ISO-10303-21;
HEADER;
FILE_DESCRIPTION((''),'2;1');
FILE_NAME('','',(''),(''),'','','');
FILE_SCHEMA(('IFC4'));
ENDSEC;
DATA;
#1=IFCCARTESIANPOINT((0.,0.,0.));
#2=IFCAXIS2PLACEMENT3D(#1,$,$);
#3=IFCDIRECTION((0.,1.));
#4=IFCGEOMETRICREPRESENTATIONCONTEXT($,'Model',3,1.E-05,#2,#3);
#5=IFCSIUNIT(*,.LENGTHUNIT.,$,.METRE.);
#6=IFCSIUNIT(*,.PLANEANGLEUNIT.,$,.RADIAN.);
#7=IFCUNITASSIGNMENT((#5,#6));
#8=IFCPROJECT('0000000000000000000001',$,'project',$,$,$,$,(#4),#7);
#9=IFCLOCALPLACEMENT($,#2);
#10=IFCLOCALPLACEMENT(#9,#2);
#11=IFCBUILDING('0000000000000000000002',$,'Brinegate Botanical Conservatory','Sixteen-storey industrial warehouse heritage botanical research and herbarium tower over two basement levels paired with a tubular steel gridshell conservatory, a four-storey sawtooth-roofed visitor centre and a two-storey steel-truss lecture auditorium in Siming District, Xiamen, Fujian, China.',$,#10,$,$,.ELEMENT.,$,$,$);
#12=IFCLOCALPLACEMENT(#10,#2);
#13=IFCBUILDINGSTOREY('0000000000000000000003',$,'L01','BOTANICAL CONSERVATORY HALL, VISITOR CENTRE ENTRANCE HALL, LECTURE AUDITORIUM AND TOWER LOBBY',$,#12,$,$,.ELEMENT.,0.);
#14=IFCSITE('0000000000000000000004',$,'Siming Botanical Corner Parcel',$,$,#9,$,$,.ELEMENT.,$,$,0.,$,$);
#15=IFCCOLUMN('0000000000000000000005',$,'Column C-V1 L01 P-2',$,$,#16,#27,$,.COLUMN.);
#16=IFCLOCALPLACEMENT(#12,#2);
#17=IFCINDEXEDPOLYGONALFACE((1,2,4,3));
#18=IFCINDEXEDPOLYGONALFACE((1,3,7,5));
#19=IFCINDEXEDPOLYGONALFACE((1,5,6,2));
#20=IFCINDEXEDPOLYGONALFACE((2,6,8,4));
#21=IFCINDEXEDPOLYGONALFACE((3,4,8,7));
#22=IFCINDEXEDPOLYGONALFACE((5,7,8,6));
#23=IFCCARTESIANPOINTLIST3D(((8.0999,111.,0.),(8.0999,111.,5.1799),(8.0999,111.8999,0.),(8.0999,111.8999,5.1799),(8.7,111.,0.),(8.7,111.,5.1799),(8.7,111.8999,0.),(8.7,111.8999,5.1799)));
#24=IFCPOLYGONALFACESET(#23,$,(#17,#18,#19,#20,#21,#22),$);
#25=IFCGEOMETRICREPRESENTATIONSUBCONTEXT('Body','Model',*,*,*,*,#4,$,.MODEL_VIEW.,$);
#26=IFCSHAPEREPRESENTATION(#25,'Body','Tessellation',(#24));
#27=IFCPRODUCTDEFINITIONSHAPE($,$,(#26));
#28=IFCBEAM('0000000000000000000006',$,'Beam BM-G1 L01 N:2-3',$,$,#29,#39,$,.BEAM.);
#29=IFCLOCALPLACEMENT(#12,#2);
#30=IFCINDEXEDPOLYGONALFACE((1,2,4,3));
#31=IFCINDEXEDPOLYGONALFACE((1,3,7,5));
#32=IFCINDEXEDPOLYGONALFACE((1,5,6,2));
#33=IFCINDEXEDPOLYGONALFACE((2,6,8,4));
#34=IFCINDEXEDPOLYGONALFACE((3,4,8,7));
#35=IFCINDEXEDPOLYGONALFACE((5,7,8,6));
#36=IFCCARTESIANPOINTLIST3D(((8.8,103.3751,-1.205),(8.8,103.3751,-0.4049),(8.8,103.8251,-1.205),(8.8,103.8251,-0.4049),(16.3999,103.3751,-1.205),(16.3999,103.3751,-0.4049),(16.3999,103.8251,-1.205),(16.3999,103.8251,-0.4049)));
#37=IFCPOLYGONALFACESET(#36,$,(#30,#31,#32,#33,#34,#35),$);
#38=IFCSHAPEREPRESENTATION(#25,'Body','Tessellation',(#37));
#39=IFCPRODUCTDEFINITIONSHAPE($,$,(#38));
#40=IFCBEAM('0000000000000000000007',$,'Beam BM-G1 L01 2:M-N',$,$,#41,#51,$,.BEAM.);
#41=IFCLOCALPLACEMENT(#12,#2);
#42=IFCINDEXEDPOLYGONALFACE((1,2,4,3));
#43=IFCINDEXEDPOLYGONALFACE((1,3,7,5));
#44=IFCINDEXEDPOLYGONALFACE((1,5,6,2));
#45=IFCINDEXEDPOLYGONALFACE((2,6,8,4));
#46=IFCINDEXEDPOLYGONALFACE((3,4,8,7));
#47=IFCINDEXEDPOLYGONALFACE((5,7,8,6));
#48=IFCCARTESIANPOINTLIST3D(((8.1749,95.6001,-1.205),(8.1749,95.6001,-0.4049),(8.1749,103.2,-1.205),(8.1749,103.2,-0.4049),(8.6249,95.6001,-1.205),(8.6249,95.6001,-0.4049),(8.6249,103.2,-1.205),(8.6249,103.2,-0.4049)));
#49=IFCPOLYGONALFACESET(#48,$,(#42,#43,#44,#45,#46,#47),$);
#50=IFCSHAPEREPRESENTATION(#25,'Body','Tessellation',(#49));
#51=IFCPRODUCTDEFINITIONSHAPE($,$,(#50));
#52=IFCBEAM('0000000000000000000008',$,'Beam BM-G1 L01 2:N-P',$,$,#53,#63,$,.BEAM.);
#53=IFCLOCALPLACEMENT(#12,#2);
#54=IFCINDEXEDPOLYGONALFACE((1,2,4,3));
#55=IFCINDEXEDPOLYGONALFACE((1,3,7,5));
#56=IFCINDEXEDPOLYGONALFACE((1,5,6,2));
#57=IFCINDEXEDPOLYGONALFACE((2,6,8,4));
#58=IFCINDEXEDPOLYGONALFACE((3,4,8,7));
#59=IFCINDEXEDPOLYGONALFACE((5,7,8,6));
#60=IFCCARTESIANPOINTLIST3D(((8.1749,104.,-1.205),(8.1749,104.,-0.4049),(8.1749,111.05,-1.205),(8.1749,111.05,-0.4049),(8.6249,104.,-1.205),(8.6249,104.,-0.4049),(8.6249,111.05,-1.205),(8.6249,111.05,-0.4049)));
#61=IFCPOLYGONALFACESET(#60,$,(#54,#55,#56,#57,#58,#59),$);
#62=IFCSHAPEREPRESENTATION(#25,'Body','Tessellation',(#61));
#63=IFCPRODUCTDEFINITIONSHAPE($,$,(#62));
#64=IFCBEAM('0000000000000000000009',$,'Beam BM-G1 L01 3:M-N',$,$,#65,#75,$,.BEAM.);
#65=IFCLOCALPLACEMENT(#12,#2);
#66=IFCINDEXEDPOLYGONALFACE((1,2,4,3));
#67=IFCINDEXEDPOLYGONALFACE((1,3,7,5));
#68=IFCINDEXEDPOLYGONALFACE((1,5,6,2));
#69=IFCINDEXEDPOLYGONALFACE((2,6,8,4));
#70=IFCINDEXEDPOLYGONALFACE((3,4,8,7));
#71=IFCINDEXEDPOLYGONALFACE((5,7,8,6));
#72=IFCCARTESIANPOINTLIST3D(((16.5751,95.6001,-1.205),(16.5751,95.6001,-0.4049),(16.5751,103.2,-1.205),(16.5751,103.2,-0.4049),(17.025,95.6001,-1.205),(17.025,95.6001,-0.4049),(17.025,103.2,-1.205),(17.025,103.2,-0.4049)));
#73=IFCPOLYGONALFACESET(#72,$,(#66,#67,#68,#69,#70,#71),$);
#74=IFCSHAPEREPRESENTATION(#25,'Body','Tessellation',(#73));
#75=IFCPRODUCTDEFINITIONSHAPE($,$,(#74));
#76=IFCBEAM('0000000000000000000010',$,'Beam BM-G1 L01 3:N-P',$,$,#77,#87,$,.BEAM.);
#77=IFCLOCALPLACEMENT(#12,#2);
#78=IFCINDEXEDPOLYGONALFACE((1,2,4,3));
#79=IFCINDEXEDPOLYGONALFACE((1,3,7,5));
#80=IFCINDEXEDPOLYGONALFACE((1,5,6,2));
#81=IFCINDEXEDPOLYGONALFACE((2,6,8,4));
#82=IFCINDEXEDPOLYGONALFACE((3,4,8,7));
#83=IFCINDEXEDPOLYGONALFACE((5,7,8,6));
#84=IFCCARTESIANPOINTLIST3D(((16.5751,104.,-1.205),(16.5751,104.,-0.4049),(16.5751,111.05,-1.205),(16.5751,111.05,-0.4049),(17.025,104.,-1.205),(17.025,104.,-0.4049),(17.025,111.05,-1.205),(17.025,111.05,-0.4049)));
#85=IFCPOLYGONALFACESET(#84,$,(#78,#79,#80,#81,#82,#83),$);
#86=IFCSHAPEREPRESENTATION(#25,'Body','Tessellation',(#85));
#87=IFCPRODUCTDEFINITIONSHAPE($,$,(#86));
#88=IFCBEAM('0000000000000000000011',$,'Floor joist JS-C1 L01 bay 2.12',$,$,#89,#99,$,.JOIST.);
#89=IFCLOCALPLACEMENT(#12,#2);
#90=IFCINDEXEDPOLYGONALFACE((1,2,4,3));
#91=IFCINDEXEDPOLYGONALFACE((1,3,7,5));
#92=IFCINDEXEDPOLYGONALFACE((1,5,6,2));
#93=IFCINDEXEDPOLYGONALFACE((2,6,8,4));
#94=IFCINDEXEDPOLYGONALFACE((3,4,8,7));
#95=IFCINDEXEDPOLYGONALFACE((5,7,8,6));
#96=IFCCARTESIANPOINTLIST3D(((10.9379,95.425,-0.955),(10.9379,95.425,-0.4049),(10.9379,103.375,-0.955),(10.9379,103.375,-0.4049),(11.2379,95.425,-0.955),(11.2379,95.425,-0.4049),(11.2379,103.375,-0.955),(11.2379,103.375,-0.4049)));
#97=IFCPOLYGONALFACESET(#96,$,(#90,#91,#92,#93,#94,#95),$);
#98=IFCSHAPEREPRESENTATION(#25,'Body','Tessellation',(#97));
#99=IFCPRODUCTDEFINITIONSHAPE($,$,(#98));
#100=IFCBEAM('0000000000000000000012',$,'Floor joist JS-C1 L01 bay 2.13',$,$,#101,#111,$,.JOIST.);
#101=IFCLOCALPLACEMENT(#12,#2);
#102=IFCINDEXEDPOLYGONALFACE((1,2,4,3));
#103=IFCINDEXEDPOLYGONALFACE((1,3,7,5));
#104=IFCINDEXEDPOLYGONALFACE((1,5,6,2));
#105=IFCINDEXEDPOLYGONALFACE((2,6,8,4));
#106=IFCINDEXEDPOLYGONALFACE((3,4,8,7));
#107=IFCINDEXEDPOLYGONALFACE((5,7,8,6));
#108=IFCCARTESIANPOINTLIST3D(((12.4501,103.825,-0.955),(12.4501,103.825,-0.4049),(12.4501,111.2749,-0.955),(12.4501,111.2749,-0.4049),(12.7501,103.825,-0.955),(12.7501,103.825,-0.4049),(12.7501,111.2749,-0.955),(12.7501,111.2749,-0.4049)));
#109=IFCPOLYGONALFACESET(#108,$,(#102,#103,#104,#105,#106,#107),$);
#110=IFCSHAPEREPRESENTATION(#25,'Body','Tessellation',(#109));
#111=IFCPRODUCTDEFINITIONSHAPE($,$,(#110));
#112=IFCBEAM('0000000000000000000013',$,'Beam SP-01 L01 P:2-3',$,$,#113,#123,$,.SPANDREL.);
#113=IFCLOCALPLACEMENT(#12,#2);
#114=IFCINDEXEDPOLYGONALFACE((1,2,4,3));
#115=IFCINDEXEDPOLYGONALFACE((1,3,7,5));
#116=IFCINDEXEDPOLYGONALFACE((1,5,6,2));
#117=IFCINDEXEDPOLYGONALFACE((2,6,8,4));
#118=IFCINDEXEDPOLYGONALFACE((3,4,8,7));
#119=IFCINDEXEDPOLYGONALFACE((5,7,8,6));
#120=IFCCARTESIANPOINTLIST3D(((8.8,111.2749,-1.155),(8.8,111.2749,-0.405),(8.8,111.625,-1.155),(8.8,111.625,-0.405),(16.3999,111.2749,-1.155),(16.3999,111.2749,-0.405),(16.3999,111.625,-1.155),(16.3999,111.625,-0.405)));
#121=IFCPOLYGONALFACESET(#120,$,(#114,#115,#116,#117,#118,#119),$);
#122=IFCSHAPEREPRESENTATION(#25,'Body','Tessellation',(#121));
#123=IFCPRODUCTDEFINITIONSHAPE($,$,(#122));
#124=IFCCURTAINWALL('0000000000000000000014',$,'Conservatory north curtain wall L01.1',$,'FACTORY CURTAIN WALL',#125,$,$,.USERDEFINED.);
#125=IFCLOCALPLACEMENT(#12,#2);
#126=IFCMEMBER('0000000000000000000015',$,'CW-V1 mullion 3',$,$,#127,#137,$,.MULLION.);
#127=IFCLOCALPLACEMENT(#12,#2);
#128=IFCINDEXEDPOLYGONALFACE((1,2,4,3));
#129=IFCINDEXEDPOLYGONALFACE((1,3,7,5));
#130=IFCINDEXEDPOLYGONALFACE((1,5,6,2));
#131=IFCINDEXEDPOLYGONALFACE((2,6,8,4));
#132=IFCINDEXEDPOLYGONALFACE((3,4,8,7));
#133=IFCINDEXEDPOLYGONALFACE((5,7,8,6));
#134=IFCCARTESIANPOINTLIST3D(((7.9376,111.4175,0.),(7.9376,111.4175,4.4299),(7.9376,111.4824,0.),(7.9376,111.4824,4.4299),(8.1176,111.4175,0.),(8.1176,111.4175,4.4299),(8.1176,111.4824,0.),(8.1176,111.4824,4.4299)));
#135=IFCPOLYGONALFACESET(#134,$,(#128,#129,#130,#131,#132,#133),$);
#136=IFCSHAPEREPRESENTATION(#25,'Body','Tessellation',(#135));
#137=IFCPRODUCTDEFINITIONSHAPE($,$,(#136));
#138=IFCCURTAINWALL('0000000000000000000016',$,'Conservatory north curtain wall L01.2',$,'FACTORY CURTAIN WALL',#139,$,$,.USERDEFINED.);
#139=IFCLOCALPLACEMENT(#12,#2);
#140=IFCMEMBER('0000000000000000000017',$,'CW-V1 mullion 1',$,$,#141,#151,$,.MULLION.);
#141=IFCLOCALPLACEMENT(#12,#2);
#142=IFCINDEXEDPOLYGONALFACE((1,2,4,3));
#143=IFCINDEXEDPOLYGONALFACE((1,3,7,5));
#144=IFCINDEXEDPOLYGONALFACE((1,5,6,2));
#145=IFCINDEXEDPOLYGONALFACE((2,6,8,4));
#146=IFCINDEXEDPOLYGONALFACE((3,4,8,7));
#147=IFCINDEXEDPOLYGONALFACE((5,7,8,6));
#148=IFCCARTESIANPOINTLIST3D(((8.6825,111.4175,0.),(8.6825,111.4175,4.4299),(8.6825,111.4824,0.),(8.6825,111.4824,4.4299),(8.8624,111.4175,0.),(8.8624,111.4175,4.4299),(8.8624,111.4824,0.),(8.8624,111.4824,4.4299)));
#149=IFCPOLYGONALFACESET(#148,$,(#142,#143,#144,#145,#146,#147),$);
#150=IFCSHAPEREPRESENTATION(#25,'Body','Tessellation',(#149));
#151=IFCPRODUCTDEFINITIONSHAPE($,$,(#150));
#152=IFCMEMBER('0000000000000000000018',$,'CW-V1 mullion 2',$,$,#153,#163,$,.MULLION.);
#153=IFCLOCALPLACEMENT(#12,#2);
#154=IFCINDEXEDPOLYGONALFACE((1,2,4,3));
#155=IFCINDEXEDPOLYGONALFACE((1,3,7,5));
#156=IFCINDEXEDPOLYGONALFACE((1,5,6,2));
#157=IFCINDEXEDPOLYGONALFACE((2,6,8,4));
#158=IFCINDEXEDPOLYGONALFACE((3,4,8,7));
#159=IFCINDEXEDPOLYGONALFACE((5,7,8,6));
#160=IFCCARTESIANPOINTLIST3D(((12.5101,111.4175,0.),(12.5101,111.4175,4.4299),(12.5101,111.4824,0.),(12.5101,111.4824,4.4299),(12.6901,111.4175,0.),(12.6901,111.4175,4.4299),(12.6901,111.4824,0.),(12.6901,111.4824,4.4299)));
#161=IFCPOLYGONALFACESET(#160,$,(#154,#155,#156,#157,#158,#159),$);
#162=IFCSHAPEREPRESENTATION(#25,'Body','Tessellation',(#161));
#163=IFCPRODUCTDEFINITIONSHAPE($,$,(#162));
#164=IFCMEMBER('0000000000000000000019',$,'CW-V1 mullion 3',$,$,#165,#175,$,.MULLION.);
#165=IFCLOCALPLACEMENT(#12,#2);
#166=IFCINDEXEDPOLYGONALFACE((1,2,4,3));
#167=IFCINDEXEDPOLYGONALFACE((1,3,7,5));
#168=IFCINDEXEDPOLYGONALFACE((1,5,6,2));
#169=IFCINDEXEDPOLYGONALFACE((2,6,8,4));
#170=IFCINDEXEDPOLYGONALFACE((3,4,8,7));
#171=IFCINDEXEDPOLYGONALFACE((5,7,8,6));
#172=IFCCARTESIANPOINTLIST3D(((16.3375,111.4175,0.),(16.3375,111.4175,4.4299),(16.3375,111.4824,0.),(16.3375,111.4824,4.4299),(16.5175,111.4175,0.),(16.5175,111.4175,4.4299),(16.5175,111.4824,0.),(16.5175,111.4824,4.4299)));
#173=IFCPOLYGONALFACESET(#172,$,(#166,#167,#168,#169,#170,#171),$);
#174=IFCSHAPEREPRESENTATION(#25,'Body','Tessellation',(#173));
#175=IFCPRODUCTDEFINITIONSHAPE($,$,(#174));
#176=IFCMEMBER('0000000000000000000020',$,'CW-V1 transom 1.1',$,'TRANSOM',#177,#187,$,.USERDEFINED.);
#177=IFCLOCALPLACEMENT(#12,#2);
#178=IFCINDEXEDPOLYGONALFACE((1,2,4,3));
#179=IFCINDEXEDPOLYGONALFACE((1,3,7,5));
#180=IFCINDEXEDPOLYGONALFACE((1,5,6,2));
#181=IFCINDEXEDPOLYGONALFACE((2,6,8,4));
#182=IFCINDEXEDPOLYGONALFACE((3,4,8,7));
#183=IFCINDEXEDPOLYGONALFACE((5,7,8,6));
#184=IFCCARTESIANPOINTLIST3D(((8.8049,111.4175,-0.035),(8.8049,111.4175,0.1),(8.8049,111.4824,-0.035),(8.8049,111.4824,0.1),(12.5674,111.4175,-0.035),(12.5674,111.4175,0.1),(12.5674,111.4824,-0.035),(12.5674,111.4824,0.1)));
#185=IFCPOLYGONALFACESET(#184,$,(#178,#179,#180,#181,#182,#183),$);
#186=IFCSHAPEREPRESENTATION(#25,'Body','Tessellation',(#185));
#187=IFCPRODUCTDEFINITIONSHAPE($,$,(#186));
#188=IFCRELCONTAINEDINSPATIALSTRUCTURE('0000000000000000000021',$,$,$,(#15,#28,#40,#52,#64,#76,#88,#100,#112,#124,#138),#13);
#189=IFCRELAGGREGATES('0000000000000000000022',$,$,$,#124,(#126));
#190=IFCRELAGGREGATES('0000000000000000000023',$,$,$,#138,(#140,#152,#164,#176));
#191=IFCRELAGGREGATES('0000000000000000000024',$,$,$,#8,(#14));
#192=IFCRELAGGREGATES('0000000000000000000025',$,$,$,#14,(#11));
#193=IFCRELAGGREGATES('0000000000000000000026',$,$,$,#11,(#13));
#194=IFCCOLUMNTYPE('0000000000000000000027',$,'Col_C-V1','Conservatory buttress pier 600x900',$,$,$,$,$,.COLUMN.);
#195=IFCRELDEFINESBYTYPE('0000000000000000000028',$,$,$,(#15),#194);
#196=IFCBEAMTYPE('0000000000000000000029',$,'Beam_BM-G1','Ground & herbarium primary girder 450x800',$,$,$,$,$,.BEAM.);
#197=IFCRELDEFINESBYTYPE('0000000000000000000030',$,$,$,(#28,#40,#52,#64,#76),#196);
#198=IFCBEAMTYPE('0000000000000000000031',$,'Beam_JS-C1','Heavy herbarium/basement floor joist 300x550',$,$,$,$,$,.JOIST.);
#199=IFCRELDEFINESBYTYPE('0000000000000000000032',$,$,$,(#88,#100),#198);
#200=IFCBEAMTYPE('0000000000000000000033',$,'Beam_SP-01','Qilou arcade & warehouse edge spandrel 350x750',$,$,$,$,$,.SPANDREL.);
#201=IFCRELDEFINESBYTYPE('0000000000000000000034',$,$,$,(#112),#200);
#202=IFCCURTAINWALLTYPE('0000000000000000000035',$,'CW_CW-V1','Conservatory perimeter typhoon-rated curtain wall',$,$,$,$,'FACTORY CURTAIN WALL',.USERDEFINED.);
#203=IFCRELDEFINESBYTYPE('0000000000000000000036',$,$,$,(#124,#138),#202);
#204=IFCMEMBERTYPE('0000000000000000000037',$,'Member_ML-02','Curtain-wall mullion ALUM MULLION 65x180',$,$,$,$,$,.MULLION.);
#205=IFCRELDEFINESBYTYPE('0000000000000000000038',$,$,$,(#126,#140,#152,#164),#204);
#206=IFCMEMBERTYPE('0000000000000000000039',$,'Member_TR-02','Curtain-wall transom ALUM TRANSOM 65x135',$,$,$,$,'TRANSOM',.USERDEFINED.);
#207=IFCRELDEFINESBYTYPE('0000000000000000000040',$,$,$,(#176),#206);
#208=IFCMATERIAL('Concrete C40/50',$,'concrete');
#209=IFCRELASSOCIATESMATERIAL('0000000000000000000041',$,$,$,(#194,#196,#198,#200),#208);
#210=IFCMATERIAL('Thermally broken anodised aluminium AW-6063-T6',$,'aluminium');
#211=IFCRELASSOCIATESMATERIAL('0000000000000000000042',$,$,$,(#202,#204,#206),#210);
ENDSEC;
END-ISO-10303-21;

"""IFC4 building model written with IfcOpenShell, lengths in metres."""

from ifc_helpers import new_model, si_unit, direction, frame, origin, origin_2d, place, context, subcontext, project, spatial, rectangle, extrude, material, material_profile, profile_set, type_object, element, aggregate, save


model = new_model("IFC4")

# Units and contexts
model_context = context("Model", 3, precision=1e-05, world=origin(), true_north=direction((0.0, 1.0)))
body_context = subcontext(model_context, "Body", "Model", "MODEL_VIEW")
ifc_project = project(units=[si_unit("LENGTHUNIT", "METRE"), si_unit("PLANEANGLEUNIT", "RADIAN")], contexts=[model_context])

# Site, building, storey
site_placement = place(None, origin())
site = spatial("IfcSite", under=ifc_project, at=site_placement, Name="Siming Botanical Corner Parcel", CompositionType="ELEMENT", RefElevation=0.0)
building_placement = place(site_placement, origin())
building = spatial("IfcBuilding", under=site, at=building_placement, Name="Brinegate Botanical Conservatory", Description="Sixteen-storey industrial warehouse heritage botanical research and herbarium tower over two basement levels paired with a tubular steel gridshell conservatory, a four-storey sawtooth-roofed visitor centre and a two-storey steel-truss lecture auditorium in Siming District, Xiamen, Fujian, China.", CompositionType="ELEMENT")
storey_placement = place(building_placement, origin())
storey = spatial("IfcBuildingStorey", under=building, at=storey_placement, Name="L01", Description="BOTANICAL CONSERVATORY HALL, VISITOR CENTRE ENTRANCE HALL, LECTURE AUDITORIUM AND TOWER LOBBY", CompositionType="ELEMENT", Elevation=0.0)

# Column
ifc_material_1 = material(Name="Concrete C40/50", Category="concrete")
ifc_material_profile_1 = material_profile(ifc_material_1, rectangle(XDim=0.6001, YDim=0.8999, at=origin_2d()), Name="RC PIER 600x900")
ifc_profile_set_1 = profile_set([ifc_material_profile_1], Name="Concrete C40/50")
column_type = type_object("IfcColumnType", Name="Col_C-V1", Description="Conservatory buttress pier 600x900", PredefinedType="COLUMN", material=ifc_profile_set_1)
column_placement = place(storey_placement, frame((8.3999, 111.45, 0.0), z_axis=(0.0, 0.0, 1.0), x_axis=(1.0, 0.0, 0.0)))
element("IfcColumn", 1, at=column_placement, inside=storey, type_object=column_type, Name="Column C-V1 L01 P-2", PredefinedType="COLUMN", context=body_context, shape_type="SweptSolid", body=[
    extrude(rectangle(XDim=0.6001, YDim=0.8999, at=origin_2d()), origin(), (0.0, 0.0, 1.0), 5.1799),
])

# Beams
ifc_material_profile_2 = material_profile(ifc_material_1, rectangle(XDim=0.45, YDim=0.8, at=origin_2d()), Name="RC BM 450x800")
ifc_profile_set_2 = profile_set([ifc_material_profile_2], Name="Concrete C40/50")
beam_type_1 = type_object("IfcBeamType", Name="Beam_BM-G1", Description="Ground & herbarium primary girder 450x800", PredefinedType="BEAM", material=ifc_profile_set_2)
for number, where, z_axis, x_axis, name in (
    (2, (8.8, 103.6001, -0.8049), (1.0, 0.0, 0.0), (0.0, 1.0, 0.0), "Beam BM-G1 L01 N:2-3"),
    (3, (8.3999, 95.6001, -0.8049), (0.0, 1.0, 0.0), (-1.0, 0.0, 0.0), "Beam BM-G1 L01 2:M-N"),
):
    element("IfcBeam", number, at=place(storey_placement, frame(where, z_axis=z_axis, x_axis=x_axis)), inside=storey, type_object=beam_type_1, Name=name, PredefinedType="BEAM", context=body_context, shape_type="SweptSolid", body=[
        extrude(rectangle(XDim=0.45, YDim=0.8, at=origin_2d()), origin(), (0.0, 0.0, 1.0), 7.5999),
    ])
beam_1_placement = place(storey_placement, frame((8.3999, 104.0, -0.8049), z_axis=(0.0, 1.0, 0.0), x_axis=(-1.0, 0.0, 0.0)))
element("IfcBeam", 4, at=beam_1_placement, inside=storey, type_object=beam_type_1, Name="Beam BM-G1 L01 2:N-P", PredefinedType="BEAM", context=body_context, shape_type="SweptSolid", body=[
    extrude(rectangle(XDim=0.45, YDim=0.8, at=origin_2d()), origin(), (0.0, 0.0, 1.0), 7.05),
])
beam_2_placement = place(storey_placement, frame((16.8, 95.6001, -0.8049), z_axis=(0.0, 1.0, 0.0), x_axis=(-1.0, 0.0, 0.0)))
element("IfcBeam", 5, at=beam_2_placement, inside=storey, type_object=beam_type_1, Name="Beam BM-G1 L01 3:M-N", PredefinedType="BEAM", context=body_context, shape_type="SweptSolid", body=[
    extrude(rectangle(XDim=0.45, YDim=0.8, at=origin_2d()), origin(), (0.0, 0.0, 1.0), 7.5999),
])
beam_3_placement = place(storey_placement, frame((16.8, 104.0, -0.8049), z_axis=(0.0, 1.0, 0.0), x_axis=(-1.0, 0.0, 0.0)))
element("IfcBeam", 6, at=beam_3_placement, inside=storey, type_object=beam_type_1, Name="Beam BM-G1 L01 3:N-P", PredefinedType="BEAM", context=body_context, shape_type="SweptSolid", body=[
    extrude(rectangle(XDim=0.45, YDim=0.8, at=origin_2d()), origin(), (0.0, 0.0, 1.0), 7.05),
])
ifc_material_profile_3 = material_profile(ifc_material_1, rectangle(XDim=0.3, YDim=0.55, at=origin_2d()), Name="RC JST 300x550")
ifc_profile_set_3 = profile_set([ifc_material_profile_3], Name="Concrete C40/50")
beam_type_2 = type_object("IfcBeamType", Name="Beam_JS-C1", Description="Heavy herbarium/basement floor joist 300x550", PredefinedType="JOIST", material=ifc_profile_set_3)
beam_4_placement = place(storey_placement, frame((11.0879, 95.425, -0.6799), z_axis=(0.0, 1.0, 0.0), x_axis=(-1.0, 0.0, 0.0)))
element("IfcBeam", 7, at=beam_4_placement, inside=storey, type_object=beam_type_2, Name="Floor joist JS-C1 L01 bay 2.12", PredefinedType="JOIST", context=body_context, shape_type="SweptSolid", body=[
    extrude(rectangle(XDim=0.3, YDim=0.55, at=origin_2d()), origin(), (0.0, 0.0, 1.0), 7.95),
])
beam_5_placement = place(storey_placement, frame((12.6001, 103.825, -0.6799), z_axis=(0.0, 1.0, 0.0), x_axis=(-1.0, 0.0, 0.0)))
element("IfcBeam", 8, at=beam_5_placement, inside=storey, type_object=beam_type_2, Name="Floor joist JS-C1 L01 bay 2.13", PredefinedType="JOIST", context=body_context, shape_type="SweptSolid", body=[
    extrude(rectangle(XDim=0.3, YDim=0.55, at=origin_2d()), origin(), (0.0, 0.0, 1.0), 7.45),
])
ifc_material_profile_4 = material_profile(ifc_material_1, rectangle(XDim=0.3501, YDim=0.75, at=origin_2d()), Name="RC SPN 350x750")
ifc_profile_set_4 = profile_set([ifc_material_profile_4], Name="Concrete C40/50")
beam_type_3 = type_object("IfcBeamType", Name="Beam_SP-01", Description="Qilou arcade & warehouse edge spandrel 350x750", PredefinedType="SPANDREL", material=ifc_profile_set_4)
beam_6_placement = place(storey_placement, frame((8.8, 111.45, -0.78), z_axis=(1.0, 0.0, 0.0), x_axis=(0.0, 1.0, 0.0)))
element("IfcBeam", 9, at=beam_6_placement, inside=storey, type_object=beam_type_3, Name="Beam SP-01 L01 P:2-3", PredefinedType="SPANDREL", context=body_context, shape_type="SweptSolid", body=[
    extrude(rectangle(XDim=0.3501, YDim=0.75, at=origin_2d()), origin(), (0.0, 0.0, 1.0), 7.5999),
])

# Curtain wall, member
ifc_material_2 = material(Name="Thermally broken anodised aluminium AW-6063-T6", Category="aluminium")
curtain_wall_type = type_object("IfcCurtainWallType", Name="CW_CW-V1", Description="Conservatory perimeter typhoon-rated curtain wall", ElementType="FACTORY CURTAIN WALL", PredefinedType="USERDEFINED", material=ifc_material_2)
curtain_wall_1_placement = place(storey_placement, origin())
curtain_wall_1 = element("IfcCurtainWall", 10, at=curtain_wall_1_placement, inside=storey, type_object=curtain_wall_type, Name="Conservatory north curtain wall L01.1", ObjectType="FACTORY CURTAIN WALL", PredefinedType="USERDEFINED")
ifc_material_profile_5 = material_profile(ifc_material_2, rectangle(XDim=0.0649, YDim=0.1799, at=origin_2d()), Name="ALUM MULLION 65x180")
ifc_profile_set_5 = profile_set([ifc_material_profile_5], Name="Thermally broken anodised aluminium AW-6063-T6")
member_type_1 = type_object("IfcMemberType", Name="Member_ML-02", Description="Curtain-wall mullion ALUM MULLION 65x180", PredefinedType="MULLION", material=ifc_profile_set_5)
member_1_placement = place(storey_placement, frame((8.0276, 111.45, 0.0), z_axis=(0.0, 0.0, 1.0), x_axis=(0.0, 1.0, 0.0)))
member_1 = element("IfcMember", 11, at=member_1_placement, type_object=member_type_1, Name="CW-V1 mullion 3", PredefinedType="MULLION", context=body_context, shape_type="SweptSolid", body=[
    extrude(rectangle(XDim=0.0649, YDim=0.1799, at=origin_2d()), origin(), (0.0, 0.0, 1.0), 4.4299),
])

# Curtain wall, members
curtain_wall_2_placement = place(storey_placement, origin())
curtain_wall_2 = element("IfcCurtainWall", 12, at=curtain_wall_2_placement, inside=storey, type_object=curtain_wall_type, Name="Conservatory north curtain wall L01.2", ObjectType="FACTORY CURTAIN WALL", PredefinedType="USERDEFINED")
member_2_placement = place(storey_placement, frame((8.7725, 111.45, 0.0), z_axis=(0.0, 0.0, 1.0), x_axis=(0.0, 1.0, 0.0)))
member_2 = element("IfcMember", 13, at=member_2_placement, type_object=member_type_1, Name="CW-V1 mullion 1", PredefinedType="MULLION", context=body_context, shape_type="SweptSolid", body=[
    extrude(rectangle(XDim=0.0649, YDim=0.1799, at=origin_2d()), origin(), (0.0, 0.0, 1.0), 4.4299),
])
member_3_placement = place(storey_placement, frame((12.6001, 111.45, 0.0), z_axis=(0.0, 0.0, 1.0), x_axis=(0.0, 1.0, 0.0)))
member_3 = element("IfcMember", 14, at=member_3_placement, type_object=member_type_1, Name="CW-V1 mullion 2", PredefinedType="MULLION", context=body_context, shape_type="SweptSolid", body=[
    extrude(rectangle(XDim=0.0649, YDim=0.1799, at=origin_2d()), origin(), (0.0, 0.0, 1.0), 4.4299),
])
member_4_placement = place(storey_placement, frame((16.4275, 111.45, 0.0), z_axis=(0.0, 0.0, 1.0), x_axis=(0.0, 1.0, 0.0)))
member_4 = element("IfcMember", 15, at=member_4_placement, type_object=member_type_1, Name="CW-V1 mullion 3", PredefinedType="MULLION", context=body_context, shape_type="SweptSolid", body=[
    extrude(rectangle(XDim=0.0649, YDim=0.1799, at=origin_2d()), origin(), (0.0, 0.0, 1.0), 4.4299),
])
ifc_material_profile_6 = material_profile(ifc_material_2, rectangle(XDim=0.0649, YDim=0.135, at=origin_2d()), Name="ALUM TRANSOM 65x135")
ifc_profile_set_6 = profile_set([ifc_material_profile_6], Name="Thermally broken anodised aluminium AW-6063-T6")
member_type_2 = type_object("IfcMemberType", Name="Member_TR-02", Description="Curtain-wall transom ALUM TRANSOM 65x135", ElementType="TRANSOM", PredefinedType="USERDEFINED", material=ifc_profile_set_6)
member_5_placement = place(storey_placement, frame((8.8049, 111.45, 0.0325), z_axis=(1.0, 0.0, 0.0), x_axis=(0.0, 1.0, 0.0)))
member_5 = element("IfcMember", 16, at=member_5_placement, type_object=member_type_2, Name="CW-V1 transom 1.1", ObjectType="TRANSOM", PredefinedType="USERDEFINED", context=body_context, shape_type="SweptSolid", body=[
    extrude(rectangle(XDim=0.0649, YDim=0.135, at=origin_2d()), origin(), (0.0, 0.0, 1.0), 3.7625),
])

aggregate(curtain_wall_1, [member_1])
aggregate(curtain_wall_2, [member_2, member_3, member_4, member_5])

save(model, "model.ifc")
